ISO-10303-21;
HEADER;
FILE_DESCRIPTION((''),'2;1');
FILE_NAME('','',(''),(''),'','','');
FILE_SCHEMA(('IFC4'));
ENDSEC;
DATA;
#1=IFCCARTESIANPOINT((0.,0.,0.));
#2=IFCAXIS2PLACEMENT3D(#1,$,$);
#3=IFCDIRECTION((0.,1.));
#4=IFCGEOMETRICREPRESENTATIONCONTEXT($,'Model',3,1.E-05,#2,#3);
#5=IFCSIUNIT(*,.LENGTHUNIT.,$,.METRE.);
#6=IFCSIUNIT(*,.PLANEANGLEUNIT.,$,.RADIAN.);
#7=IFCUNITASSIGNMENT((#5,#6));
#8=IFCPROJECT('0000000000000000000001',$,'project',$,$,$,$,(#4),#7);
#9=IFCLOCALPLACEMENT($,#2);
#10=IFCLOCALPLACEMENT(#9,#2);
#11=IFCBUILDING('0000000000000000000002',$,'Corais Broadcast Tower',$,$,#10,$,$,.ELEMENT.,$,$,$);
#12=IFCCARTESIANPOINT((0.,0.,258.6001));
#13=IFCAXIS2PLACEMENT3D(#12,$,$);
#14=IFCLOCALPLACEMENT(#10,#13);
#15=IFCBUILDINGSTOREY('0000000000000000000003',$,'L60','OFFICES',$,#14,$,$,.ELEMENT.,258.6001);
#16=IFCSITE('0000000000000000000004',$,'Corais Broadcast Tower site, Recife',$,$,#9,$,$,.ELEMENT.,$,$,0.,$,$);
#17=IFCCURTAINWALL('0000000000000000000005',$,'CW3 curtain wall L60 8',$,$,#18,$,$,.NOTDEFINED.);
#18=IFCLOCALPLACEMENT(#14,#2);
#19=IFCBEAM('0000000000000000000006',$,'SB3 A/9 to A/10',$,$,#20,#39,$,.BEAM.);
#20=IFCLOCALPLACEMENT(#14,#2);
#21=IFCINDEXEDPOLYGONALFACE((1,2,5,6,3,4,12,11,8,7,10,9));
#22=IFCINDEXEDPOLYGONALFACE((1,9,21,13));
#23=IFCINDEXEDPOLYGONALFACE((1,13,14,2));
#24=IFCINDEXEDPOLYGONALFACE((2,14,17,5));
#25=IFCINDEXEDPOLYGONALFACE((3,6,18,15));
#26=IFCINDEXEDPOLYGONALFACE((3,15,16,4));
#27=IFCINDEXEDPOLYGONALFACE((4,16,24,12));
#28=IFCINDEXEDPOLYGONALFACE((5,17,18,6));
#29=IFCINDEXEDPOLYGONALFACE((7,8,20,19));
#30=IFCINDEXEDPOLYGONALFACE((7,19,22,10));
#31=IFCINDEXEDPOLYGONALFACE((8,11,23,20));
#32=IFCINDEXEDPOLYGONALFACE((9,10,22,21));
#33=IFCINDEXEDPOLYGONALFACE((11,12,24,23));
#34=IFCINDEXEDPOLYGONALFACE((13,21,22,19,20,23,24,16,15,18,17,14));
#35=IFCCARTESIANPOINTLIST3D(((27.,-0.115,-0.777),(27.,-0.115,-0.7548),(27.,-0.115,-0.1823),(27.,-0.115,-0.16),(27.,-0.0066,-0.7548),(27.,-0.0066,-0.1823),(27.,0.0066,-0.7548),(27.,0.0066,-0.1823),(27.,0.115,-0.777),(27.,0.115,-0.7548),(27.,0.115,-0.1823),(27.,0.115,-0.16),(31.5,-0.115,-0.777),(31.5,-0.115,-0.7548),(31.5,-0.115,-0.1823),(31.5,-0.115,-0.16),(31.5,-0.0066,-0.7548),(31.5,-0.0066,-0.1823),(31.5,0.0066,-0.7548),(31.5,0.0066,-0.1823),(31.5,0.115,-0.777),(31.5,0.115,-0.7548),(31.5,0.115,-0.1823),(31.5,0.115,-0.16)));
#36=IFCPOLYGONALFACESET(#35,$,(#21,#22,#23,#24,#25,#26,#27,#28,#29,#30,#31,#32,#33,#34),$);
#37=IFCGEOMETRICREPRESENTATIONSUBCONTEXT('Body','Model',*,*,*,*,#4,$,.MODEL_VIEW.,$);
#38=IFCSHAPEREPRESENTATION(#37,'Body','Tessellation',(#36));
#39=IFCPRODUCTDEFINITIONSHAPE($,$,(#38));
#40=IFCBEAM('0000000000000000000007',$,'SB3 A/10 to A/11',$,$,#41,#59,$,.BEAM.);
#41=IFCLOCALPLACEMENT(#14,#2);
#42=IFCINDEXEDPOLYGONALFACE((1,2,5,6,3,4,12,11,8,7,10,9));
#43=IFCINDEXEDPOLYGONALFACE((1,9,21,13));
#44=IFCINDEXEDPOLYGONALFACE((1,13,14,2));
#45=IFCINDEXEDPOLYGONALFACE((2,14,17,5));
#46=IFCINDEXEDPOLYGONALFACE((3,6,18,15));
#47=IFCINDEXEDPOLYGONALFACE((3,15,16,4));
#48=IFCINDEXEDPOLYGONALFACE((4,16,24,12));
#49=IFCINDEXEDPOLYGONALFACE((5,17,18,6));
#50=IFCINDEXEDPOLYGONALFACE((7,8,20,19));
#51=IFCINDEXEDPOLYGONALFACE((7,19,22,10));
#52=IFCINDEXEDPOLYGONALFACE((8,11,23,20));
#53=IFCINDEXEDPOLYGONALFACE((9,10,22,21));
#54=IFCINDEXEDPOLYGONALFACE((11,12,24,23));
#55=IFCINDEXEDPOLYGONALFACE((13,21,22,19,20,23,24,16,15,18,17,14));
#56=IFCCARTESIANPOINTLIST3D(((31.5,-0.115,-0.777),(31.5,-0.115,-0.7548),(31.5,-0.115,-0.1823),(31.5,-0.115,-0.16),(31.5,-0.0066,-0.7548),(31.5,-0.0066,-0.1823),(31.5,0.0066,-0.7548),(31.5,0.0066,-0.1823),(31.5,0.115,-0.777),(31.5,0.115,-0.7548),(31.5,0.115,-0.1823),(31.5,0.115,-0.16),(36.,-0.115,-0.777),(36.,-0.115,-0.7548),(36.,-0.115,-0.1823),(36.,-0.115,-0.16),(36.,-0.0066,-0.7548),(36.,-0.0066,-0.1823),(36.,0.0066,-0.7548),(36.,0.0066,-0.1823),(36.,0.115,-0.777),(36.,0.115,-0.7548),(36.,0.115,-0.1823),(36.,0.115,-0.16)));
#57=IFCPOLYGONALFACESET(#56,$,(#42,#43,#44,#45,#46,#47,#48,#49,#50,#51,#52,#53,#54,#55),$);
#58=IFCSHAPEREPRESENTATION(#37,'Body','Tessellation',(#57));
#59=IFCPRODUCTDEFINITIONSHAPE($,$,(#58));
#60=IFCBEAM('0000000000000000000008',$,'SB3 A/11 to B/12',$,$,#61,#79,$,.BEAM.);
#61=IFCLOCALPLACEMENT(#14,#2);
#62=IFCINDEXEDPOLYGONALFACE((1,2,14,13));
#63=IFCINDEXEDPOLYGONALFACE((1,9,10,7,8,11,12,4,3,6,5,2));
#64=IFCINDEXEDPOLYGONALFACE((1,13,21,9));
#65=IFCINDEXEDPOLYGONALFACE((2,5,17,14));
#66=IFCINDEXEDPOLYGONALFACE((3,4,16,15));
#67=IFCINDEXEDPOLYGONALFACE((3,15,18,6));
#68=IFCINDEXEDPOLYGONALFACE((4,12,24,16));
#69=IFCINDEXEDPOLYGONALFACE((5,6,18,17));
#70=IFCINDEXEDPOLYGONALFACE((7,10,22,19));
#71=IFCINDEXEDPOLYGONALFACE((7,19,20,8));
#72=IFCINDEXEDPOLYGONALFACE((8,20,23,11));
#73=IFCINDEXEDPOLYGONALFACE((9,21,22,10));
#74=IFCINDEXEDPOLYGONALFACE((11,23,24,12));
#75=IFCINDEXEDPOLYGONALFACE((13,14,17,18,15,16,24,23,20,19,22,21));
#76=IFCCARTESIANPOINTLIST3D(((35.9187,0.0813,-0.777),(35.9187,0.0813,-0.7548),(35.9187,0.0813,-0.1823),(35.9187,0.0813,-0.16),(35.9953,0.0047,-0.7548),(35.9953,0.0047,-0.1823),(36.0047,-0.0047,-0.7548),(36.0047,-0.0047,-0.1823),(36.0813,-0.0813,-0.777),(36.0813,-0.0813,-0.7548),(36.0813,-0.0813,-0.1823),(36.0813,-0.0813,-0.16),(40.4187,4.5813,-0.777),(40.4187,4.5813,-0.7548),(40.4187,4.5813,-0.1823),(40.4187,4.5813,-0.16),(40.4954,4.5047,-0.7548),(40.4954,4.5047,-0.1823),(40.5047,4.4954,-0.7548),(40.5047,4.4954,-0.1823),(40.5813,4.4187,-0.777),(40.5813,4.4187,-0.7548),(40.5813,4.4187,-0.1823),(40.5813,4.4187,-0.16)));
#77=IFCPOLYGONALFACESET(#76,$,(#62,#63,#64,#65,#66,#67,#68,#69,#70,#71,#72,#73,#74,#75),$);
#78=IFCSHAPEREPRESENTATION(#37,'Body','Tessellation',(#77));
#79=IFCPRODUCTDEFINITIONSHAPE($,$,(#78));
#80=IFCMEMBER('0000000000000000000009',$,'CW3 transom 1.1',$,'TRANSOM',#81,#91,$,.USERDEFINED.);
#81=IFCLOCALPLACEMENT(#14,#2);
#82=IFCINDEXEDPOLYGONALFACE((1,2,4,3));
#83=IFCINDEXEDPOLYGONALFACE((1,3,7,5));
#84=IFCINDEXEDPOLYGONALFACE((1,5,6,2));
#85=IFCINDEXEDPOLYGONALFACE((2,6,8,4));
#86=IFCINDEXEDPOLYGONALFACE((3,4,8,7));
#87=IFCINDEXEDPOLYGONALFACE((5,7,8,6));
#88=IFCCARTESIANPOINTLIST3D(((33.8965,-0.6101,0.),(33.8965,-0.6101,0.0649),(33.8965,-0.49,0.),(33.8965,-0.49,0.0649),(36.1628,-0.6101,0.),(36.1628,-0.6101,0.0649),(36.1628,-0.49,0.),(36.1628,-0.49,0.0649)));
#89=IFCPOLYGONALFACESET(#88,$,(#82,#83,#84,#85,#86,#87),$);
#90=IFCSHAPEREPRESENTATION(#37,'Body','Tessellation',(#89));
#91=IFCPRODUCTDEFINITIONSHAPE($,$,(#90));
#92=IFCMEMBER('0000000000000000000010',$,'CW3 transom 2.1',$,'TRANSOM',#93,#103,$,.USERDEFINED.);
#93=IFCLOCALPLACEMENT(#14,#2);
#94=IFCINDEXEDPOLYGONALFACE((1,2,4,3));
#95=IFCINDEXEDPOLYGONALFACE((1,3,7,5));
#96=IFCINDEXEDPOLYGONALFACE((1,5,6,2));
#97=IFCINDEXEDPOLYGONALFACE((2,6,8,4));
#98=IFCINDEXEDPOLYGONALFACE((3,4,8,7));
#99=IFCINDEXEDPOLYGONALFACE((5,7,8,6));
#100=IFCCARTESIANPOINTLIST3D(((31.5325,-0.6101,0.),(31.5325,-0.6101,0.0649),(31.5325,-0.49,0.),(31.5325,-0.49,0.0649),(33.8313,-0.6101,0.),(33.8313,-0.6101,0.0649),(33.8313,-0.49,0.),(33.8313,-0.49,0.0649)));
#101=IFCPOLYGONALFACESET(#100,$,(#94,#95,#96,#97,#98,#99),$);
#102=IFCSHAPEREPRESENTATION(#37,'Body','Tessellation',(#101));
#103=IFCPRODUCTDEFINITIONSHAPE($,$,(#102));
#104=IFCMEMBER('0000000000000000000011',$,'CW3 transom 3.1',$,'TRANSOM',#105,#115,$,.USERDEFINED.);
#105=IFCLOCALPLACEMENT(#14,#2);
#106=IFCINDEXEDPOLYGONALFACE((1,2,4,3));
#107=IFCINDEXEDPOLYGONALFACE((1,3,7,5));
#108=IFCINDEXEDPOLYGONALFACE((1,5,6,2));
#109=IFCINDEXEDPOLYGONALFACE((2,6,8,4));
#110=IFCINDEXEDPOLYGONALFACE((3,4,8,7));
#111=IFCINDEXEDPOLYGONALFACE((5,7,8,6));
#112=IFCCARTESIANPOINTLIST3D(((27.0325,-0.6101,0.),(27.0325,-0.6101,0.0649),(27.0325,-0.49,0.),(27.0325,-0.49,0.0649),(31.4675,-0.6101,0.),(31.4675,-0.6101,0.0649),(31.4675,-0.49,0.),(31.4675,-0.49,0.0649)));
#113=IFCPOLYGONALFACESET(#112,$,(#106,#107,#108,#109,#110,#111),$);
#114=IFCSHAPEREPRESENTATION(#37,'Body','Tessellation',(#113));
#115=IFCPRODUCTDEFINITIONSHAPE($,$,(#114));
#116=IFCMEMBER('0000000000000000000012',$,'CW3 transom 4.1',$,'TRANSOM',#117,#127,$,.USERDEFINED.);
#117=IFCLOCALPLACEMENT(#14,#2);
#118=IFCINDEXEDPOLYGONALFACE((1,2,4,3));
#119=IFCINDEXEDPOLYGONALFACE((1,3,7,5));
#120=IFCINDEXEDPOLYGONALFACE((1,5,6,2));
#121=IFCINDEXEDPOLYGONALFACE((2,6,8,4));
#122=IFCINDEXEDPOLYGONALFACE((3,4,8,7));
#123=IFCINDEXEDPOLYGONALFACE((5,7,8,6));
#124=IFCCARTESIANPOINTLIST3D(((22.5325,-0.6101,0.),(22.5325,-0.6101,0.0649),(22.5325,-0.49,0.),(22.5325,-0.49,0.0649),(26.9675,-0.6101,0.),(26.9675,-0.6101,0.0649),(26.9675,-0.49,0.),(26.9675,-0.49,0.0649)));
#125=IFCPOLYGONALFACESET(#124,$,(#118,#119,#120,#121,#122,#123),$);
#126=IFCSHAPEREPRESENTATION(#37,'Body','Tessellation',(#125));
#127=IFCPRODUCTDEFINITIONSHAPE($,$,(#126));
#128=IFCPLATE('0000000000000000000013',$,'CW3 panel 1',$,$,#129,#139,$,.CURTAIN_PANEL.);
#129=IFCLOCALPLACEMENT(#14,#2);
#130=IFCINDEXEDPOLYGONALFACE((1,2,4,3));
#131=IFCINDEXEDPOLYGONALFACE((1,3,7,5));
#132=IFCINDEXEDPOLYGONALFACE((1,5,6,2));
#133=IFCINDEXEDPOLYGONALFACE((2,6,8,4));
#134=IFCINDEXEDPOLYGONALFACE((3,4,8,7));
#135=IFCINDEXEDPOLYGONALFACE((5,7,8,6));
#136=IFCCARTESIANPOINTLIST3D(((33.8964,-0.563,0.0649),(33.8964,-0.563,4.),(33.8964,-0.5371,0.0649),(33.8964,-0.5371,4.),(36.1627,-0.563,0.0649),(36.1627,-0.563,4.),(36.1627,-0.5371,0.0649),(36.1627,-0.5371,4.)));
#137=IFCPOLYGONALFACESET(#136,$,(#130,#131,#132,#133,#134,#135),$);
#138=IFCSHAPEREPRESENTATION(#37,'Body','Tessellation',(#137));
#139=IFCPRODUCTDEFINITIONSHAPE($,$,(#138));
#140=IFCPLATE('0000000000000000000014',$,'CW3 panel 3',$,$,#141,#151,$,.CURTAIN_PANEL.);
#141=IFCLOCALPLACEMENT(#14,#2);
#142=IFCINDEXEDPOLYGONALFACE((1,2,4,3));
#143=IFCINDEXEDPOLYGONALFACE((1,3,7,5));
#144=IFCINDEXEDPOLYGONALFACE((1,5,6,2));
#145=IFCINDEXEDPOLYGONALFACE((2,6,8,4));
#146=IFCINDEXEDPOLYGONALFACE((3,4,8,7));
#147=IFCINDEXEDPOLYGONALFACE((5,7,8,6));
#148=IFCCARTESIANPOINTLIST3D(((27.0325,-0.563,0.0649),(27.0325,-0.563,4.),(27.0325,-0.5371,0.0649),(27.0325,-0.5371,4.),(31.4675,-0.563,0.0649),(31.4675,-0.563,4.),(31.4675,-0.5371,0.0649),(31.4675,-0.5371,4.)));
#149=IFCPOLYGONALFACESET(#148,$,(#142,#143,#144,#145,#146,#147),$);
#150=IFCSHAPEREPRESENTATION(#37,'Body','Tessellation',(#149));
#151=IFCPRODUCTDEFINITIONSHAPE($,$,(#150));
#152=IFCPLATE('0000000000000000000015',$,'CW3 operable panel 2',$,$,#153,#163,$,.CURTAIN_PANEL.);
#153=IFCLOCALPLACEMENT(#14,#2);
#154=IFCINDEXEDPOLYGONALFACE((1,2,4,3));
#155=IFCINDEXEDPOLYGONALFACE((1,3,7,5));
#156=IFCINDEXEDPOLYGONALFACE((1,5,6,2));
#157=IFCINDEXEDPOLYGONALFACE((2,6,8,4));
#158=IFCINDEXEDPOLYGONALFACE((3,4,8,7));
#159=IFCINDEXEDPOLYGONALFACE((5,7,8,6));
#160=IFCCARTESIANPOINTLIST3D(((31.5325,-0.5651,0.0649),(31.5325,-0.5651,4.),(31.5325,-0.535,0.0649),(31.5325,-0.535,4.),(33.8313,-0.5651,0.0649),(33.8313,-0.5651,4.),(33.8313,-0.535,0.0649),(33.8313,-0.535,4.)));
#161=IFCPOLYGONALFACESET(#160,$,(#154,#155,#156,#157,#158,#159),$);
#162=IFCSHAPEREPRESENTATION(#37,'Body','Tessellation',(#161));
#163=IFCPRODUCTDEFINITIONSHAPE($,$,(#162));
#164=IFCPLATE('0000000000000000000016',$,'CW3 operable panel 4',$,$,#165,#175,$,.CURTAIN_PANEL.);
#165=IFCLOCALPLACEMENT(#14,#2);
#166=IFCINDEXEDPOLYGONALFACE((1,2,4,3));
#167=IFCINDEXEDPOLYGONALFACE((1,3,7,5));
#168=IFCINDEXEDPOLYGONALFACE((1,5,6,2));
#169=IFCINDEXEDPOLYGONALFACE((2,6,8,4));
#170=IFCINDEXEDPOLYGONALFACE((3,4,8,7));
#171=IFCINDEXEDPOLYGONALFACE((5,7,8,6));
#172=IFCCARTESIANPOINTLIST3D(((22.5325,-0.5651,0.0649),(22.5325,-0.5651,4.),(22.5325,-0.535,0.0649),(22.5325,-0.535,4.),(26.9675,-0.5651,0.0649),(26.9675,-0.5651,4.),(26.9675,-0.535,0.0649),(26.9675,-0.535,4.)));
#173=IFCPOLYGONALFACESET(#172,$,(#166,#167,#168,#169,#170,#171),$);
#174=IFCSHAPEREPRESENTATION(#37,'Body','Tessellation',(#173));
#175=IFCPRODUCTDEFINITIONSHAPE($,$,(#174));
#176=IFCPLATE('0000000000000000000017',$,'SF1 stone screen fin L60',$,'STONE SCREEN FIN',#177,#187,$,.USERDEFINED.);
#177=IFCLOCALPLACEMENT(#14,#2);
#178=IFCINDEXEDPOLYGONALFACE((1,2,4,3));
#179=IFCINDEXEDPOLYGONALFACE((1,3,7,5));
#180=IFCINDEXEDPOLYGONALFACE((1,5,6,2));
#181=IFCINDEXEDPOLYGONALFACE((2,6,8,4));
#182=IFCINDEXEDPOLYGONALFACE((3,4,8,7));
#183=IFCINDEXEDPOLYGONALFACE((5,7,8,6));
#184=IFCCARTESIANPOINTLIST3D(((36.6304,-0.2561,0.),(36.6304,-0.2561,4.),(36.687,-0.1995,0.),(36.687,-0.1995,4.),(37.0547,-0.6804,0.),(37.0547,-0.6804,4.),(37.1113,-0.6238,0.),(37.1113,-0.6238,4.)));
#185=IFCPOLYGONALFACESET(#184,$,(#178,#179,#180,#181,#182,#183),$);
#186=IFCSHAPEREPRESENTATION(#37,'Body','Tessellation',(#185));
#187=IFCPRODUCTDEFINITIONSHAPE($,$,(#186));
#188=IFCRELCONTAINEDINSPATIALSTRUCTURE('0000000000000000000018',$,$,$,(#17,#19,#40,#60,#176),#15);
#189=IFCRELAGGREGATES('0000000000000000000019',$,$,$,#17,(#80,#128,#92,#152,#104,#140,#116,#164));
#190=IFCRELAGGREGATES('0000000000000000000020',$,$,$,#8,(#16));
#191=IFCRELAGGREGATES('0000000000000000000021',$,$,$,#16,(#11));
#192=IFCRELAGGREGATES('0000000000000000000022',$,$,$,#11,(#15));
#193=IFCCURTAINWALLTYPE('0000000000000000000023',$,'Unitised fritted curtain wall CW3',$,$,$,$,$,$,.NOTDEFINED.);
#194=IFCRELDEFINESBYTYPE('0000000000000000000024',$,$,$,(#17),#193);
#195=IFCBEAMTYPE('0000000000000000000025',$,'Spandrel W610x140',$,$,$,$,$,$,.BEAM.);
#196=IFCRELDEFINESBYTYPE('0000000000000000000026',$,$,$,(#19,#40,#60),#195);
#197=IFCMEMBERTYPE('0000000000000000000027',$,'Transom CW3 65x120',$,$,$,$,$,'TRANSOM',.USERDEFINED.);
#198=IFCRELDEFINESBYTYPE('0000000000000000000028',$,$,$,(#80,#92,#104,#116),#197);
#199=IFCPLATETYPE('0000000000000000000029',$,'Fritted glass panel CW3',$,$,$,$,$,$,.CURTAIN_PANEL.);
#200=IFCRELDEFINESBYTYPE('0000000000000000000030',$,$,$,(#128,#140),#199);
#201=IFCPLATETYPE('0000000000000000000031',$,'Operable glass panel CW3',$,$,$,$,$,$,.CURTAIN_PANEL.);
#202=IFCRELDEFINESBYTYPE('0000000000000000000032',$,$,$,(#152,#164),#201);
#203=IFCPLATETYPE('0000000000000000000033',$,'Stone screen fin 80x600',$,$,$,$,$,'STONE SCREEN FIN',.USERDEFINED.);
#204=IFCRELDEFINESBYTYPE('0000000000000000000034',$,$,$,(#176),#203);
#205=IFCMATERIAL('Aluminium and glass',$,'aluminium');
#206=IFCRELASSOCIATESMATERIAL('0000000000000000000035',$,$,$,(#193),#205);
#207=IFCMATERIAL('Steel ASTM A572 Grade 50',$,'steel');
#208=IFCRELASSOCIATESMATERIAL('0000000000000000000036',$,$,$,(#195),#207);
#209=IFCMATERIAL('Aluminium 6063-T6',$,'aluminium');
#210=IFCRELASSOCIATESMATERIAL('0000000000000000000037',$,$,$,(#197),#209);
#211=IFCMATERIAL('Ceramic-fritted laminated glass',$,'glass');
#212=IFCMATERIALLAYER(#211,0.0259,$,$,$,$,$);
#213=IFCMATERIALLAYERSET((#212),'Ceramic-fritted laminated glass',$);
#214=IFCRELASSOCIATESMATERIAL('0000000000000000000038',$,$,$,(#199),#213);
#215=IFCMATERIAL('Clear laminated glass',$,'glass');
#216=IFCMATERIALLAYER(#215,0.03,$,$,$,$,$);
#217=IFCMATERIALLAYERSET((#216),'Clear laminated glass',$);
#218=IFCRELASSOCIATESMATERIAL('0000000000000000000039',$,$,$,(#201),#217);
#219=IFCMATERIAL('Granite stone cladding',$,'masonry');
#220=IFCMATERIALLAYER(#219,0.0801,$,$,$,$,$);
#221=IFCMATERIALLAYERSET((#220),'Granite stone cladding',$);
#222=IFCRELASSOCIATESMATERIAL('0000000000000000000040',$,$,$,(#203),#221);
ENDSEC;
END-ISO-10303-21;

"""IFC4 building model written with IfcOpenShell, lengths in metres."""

from ifc_helpers import new_model, si_unit, direction, frame, origin, origin_2d, place, context, subcontext, project, spatial, rectangle, i_section, extrude, material, layer, layer_set, material_profile, profile_set, type_object, element, aggregate, save


model = new_model("IFC4")

# Units and contexts
model_context = context("Model", 3, precision=1e-05, world=origin(), true_north=direction((0.0, 1.0)))
body_context = subcontext(model_context, "Body", "Model", "MODEL_VIEW")
ifc_project = project(units=[si_unit("LENGTHUNIT", "METRE"), si_unit("PLANEANGLEUNIT", "RADIAN")], contexts=[model_context])

# Site, building, storey
site_placement = place(None, origin())
site = spatial("IfcSite", under=ifc_project, at=site_placement, Name="Corais Broadcast Tower site, Recife", CompositionType="ELEMENT", RefElevation=0.0)
building_placement = place(site_placement, origin())
building = spatial("IfcBuilding", under=site, at=building_placement, Name="Corais Broadcast Tower", CompositionType="ELEMENT")
storey_placement = place(building_placement, frame((0.0, 0.0, 258.6001)))
storey = spatial("IfcBuildingStorey", under=building, at=storey_placement, Name="L60", Description="OFFICES", CompositionType="ELEMENT", Elevation=258.6001)

# Shared definitions
ifc_material_1 = material(Name="Aluminium and glass", Category="aluminium")
curtain_wall_type = type_object("IfcCurtainWallType", Name="Unitised fritted curtain wall CW3", PredefinedType="NOTDEFINED", material=ifc_material_1)

# Curtain wall
curtain_wall_1_placement = place(storey_placement, origin())
curtain_wall_1 = element("IfcCurtainWall", 1, at=curtain_wall_1_placement, inside=storey, type_object=curtain_wall_type, Name="CW3 curtain wall L60 8", PredefinedType="NOTDEFINED")

# Beams
ifc_material_2 = material(Name="Steel ASTM A572 Grade 50", Category="steel")
ifc_material_profile_1 = material_profile(ifc_material_2, i_section(OverallWidth=0.23, OverallDepth=0.6169, WebThickness=0.0132, FlangeThickness=0.0222, at=origin_2d()), Name="W610x140")
ifc_profile_set_1 = profile_set([ifc_material_profile_1], Name="Steel ASTM A572 Grade 50")
beam_type_1 = type_object("IfcBeamType", Name="Spandrel W610x140", PredefinedType="BEAM", material=ifc_profile_set_1)
for number, where, z_axis, x_axis, name in (
    (2, (27.0, 0.0, -0.4685), (1.0, 0.0, 0.0), (0.0, 1.0, 0.0), "SB3 A/9 to A/10"),
    (3, (31.5, 0.0, -0.4685), (1.0, 0.0, 0.0), (0.0, 1.0, 0.0), "SB3 A/10 to A/11"),
):
    element("IfcBeam", number, at=place(storey_placement, frame(where, z_axis=z_axis, x_axis=x_axis)), inside=storey, type_object=beam_type_1, Name=name, PredefinedType="BEAM", context=body_context, shape_type="SweptSolid", body=[
        extrude(i_section(OverallWidth=0.23, OverallDepth=0.6169, WebThickness=0.0132, FlangeThickness=0.0222, at=origin_2d()), origin(), (0.0, 0.0, 1.0), 4.5),
    ])
beam_placement = place(storey_placement, frame((36.0, 0.0, -0.4685), z_axis=(0.707107, 0.707107, 0.0), x_axis=(-0.707107, 0.707107, 0.0)))
element("IfcBeam", 4, at=beam_placement, inside=storey, type_object=beam_type_1, Name="SB3 A/11 to B/12", PredefinedType="BEAM", context=body_context, shape_type="SweptSolid", body=[
    extrude(i_section(OverallWidth=0.23, OverallDepth=0.6169, WebThickness=0.0132, FlangeThickness=0.0222, at=origin_2d()), origin(), (0.0, 0.0, 1.0), 6.364),
])

# Members
ifc_material_3 = material(Name="Aluminium 6063-T6", Category="aluminium")
ifc_material_profile_2 = material_profile(ifc_material_3, rectangle(XDim=0.1201, YDim=0.0649, at=origin_2d()), Name="Transom CW3 65x120")
ifc_profile_set_2 = profile_set([ifc_material_profile_2], Name="Aluminium 6063-T6")
member_type_1 = type_object("IfcMemberType", Name="Transom CW3 65x120", ElementType="TRANSOM", PredefinedType="USERDEFINED", material=ifc_profile_set_2)
member_1_placement = place(storey_placement, frame((36.1628, -0.55, 0.0325), z_axis=(-1.0, 0.0, 0.0), x_axis=(0.0, -1.0, 0.0)))
member_1 = element("IfcMember", 5, at=member_1_placement, type_object=member_type_1, Name="CW3 transom 1.1", ObjectType="TRANSOM", PredefinedType="USERDEFINED", context=body_context, shape_type="SweptSolid", body=[
    extrude(rectangle(XDim=0.1201, YDim=0.0649, at=origin_2d()), origin(), (0.0, 0.0, 1.0), 2.2664),
])
member_2_placement = place(storey_placement, frame((33.8313, -0.55, 0.0325), z_axis=(-1.0, 0.0, 0.0), x_axis=(0.0, -1.0, 0.0)))
member_2 = element("IfcMember", 6, at=member_2_placement, type_object=member_type_1, Name="CW3 transom 2.1", ObjectType="TRANSOM", PredefinedType="USERDEFINED", context=body_context, shape_type="SweptSolid", body=[
    extrude(rectangle(XDim=0.1201, YDim=0.0649, at=origin_2d()), origin(), (0.0, 0.0, 1.0), 2.2988),
])
member_3_placement = place(storey_placement, frame((31.4675, -0.55, 0.0325), z_axis=(-1.0, 0.0, 0.0), x_axis=(0.0, -1.0, 0.0)))
member_3 = element("IfcMember", 7, at=member_3_placement, type_object=member_type_1, Name="CW3 transom 3.1", ObjectType="TRANSOM", PredefinedType="USERDEFINED", context=body_context, shape_type="SweptSolid", body=[
    extrude(rectangle(XDim=0.1201, YDim=0.0649, at=origin_2d()), origin(), (0.0, 0.0, 1.0), 4.4351),
])
member_4_placement = place(storey_placement, frame((26.9675, -0.55, 0.0325), z_axis=(-1.0, 0.0, 0.0), x_axis=(0.0, -1.0, 0.0)))
member_4 = element("IfcMember", 8, at=member_4_placement, type_object=member_type_1, Name="CW3 transom 4.1", ObjectType="TRANSOM", PredefinedType="USERDEFINED", context=body_context, shape_type="SweptSolid", body=[
    extrude(rectangle(XDim=0.1201, YDim=0.0649, at=origin_2d()), origin(), (0.0, 0.0, 1.0), 4.4351),
])

# Plates
ifc_material_4 = material(Name="Ceramic-fritted laminated glass", Category="glass")
ifc_layer_1 = layer(ifc_material_4, 0.0259)
ifc_layer_set_1 = layer_set([ifc_layer_1], Name="Ceramic-fritted laminated glass")
plate_type_1 = type_object("IfcPlateType", Name="Fritted glass panel CW3", PredefinedType="CURTAIN_PANEL", material=ifc_layer_set_1)
plate_1_placement = place(storey_placement, frame((35.0295, -0.55, 0.0649), z_axis=(0.0, 0.0, 1.0), x_axis=(-1.0, 0.0, 0.0)))
plate_1 = element("IfcPlate", 9, at=plate_1_placement, type_object=plate_type_1, Name="CW3 panel 1", PredefinedType="CURTAIN_PANEL", context=body_context, shape_type="SweptSolid", body=[
    extrude(rectangle(XDim=2.2664, YDim=0.0259, at=origin_2d()), origin(), (0.0, 0.0, 1.0), 3.9351),
])
plate_2_placement = place(storey_placement, frame((29.25, -0.55, 0.0649), z_axis=(0.0, 0.0, 1.0), x_axis=(-1.0, 0.0, 0.0)))
plate_2 = element("IfcPlate", 10, at=plate_2_placement, type_object=plate_type_1, Name="CW3 panel 3", PredefinedType="CURTAIN_PANEL", context=body_context, shape_type="SweptSolid", body=[
    extrude(rectangle(XDim=4.4351, YDim=0.0259, at=origin_2d()), origin(), (0.0, 0.0, 1.0), 3.9351),
])
ifc_material_5 = material(Name="Clear laminated glass", Category="glass")
ifc_layer_2 = layer(ifc_material_5, 0.03)
ifc_layer_set_2 = layer_set([ifc_layer_2], Name="Clear laminated glass")
plate_type_2 = type_object("IfcPlateType", Name="Operable glass panel CW3", PredefinedType="CURTAIN_PANEL", material=ifc_layer_set_2)
plate_3_placement = place(storey_placement, frame((32.6819, -0.55, 0.0649), z_axis=(0.0, 0.0, 1.0), x_axis=(-1.0, 0.0, 0.0)))
plate_3 = element("IfcPlate", 11, at=plate_3_placement, type_object=plate_type_2, Name="CW3 operable panel 2", PredefinedType="CURTAIN_PANEL", context=body_context, shape_type="SweptSolid", body=[
    extrude(rectangle(XDim=2.2988, YDim=0.03, at=origin_2d()), origin(), (0.0, 0.0, 1.0), 3.9351),
])
plate_4_placement = place(storey_placement, frame((24.75, -0.55, 0.0649), z_axis=(0.0, 0.0, 1.0), x_axis=(-1.0, 0.0, 0.0)))
plate_4 = element("IfcPlate", 12, at=plate_4_placement, type_object=plate_type_2, Name="CW3 operable panel 4", PredefinedType="CURTAIN_PANEL", context=body_context, shape_type="SweptSolid", body=[
    extrude(rectangle(XDim=4.4351, YDim=0.03, at=origin_2d()), origin(), (0.0, 0.0, 1.0), 3.9351),
])
aggregate(curtain_wall_1, [member_1, plate_1, member_2, plate_3, member_3, plate_2, member_4, plate_4])
ifc_material_6 = material(Name="Granite stone cladding", Category="masonry")
ifc_layer_3 = layer(ifc_material_6, 0.0801)
ifc_layer_set_3 = layer_set([ifc_layer_3], Name="Granite stone cladding")
plate_type_3 = type_object("IfcPlateType", Name="Stone screen fin 80x600", ElementType="STONE SCREEN FIN", PredefinedType="USERDEFINED", material=ifc_layer_set_3)
plate_5_placement = place(storey_placement, frame((36.8708, -0.4399, 0.0), z_axis=(0.0, 0.0, 1.0), x_axis=(-0.707107, -0.707107, 0.0)))
element("IfcPlate", 13, at=plate_5_placement, inside=storey, type_object=plate_type_3, Name="SF1 stone screen fin L60", ObjectType="STONE SCREEN FIN", PredefinedType="USERDEFINED", context=body_context, shape_type="SweptSolid", body=[
    extrude(rectangle(XDim=0.0801, YDim=0.6001, at=origin_2d()), origin(), (0.0, 0.0, 1.0), 4.0),
])

save(model, "model.ifc")
